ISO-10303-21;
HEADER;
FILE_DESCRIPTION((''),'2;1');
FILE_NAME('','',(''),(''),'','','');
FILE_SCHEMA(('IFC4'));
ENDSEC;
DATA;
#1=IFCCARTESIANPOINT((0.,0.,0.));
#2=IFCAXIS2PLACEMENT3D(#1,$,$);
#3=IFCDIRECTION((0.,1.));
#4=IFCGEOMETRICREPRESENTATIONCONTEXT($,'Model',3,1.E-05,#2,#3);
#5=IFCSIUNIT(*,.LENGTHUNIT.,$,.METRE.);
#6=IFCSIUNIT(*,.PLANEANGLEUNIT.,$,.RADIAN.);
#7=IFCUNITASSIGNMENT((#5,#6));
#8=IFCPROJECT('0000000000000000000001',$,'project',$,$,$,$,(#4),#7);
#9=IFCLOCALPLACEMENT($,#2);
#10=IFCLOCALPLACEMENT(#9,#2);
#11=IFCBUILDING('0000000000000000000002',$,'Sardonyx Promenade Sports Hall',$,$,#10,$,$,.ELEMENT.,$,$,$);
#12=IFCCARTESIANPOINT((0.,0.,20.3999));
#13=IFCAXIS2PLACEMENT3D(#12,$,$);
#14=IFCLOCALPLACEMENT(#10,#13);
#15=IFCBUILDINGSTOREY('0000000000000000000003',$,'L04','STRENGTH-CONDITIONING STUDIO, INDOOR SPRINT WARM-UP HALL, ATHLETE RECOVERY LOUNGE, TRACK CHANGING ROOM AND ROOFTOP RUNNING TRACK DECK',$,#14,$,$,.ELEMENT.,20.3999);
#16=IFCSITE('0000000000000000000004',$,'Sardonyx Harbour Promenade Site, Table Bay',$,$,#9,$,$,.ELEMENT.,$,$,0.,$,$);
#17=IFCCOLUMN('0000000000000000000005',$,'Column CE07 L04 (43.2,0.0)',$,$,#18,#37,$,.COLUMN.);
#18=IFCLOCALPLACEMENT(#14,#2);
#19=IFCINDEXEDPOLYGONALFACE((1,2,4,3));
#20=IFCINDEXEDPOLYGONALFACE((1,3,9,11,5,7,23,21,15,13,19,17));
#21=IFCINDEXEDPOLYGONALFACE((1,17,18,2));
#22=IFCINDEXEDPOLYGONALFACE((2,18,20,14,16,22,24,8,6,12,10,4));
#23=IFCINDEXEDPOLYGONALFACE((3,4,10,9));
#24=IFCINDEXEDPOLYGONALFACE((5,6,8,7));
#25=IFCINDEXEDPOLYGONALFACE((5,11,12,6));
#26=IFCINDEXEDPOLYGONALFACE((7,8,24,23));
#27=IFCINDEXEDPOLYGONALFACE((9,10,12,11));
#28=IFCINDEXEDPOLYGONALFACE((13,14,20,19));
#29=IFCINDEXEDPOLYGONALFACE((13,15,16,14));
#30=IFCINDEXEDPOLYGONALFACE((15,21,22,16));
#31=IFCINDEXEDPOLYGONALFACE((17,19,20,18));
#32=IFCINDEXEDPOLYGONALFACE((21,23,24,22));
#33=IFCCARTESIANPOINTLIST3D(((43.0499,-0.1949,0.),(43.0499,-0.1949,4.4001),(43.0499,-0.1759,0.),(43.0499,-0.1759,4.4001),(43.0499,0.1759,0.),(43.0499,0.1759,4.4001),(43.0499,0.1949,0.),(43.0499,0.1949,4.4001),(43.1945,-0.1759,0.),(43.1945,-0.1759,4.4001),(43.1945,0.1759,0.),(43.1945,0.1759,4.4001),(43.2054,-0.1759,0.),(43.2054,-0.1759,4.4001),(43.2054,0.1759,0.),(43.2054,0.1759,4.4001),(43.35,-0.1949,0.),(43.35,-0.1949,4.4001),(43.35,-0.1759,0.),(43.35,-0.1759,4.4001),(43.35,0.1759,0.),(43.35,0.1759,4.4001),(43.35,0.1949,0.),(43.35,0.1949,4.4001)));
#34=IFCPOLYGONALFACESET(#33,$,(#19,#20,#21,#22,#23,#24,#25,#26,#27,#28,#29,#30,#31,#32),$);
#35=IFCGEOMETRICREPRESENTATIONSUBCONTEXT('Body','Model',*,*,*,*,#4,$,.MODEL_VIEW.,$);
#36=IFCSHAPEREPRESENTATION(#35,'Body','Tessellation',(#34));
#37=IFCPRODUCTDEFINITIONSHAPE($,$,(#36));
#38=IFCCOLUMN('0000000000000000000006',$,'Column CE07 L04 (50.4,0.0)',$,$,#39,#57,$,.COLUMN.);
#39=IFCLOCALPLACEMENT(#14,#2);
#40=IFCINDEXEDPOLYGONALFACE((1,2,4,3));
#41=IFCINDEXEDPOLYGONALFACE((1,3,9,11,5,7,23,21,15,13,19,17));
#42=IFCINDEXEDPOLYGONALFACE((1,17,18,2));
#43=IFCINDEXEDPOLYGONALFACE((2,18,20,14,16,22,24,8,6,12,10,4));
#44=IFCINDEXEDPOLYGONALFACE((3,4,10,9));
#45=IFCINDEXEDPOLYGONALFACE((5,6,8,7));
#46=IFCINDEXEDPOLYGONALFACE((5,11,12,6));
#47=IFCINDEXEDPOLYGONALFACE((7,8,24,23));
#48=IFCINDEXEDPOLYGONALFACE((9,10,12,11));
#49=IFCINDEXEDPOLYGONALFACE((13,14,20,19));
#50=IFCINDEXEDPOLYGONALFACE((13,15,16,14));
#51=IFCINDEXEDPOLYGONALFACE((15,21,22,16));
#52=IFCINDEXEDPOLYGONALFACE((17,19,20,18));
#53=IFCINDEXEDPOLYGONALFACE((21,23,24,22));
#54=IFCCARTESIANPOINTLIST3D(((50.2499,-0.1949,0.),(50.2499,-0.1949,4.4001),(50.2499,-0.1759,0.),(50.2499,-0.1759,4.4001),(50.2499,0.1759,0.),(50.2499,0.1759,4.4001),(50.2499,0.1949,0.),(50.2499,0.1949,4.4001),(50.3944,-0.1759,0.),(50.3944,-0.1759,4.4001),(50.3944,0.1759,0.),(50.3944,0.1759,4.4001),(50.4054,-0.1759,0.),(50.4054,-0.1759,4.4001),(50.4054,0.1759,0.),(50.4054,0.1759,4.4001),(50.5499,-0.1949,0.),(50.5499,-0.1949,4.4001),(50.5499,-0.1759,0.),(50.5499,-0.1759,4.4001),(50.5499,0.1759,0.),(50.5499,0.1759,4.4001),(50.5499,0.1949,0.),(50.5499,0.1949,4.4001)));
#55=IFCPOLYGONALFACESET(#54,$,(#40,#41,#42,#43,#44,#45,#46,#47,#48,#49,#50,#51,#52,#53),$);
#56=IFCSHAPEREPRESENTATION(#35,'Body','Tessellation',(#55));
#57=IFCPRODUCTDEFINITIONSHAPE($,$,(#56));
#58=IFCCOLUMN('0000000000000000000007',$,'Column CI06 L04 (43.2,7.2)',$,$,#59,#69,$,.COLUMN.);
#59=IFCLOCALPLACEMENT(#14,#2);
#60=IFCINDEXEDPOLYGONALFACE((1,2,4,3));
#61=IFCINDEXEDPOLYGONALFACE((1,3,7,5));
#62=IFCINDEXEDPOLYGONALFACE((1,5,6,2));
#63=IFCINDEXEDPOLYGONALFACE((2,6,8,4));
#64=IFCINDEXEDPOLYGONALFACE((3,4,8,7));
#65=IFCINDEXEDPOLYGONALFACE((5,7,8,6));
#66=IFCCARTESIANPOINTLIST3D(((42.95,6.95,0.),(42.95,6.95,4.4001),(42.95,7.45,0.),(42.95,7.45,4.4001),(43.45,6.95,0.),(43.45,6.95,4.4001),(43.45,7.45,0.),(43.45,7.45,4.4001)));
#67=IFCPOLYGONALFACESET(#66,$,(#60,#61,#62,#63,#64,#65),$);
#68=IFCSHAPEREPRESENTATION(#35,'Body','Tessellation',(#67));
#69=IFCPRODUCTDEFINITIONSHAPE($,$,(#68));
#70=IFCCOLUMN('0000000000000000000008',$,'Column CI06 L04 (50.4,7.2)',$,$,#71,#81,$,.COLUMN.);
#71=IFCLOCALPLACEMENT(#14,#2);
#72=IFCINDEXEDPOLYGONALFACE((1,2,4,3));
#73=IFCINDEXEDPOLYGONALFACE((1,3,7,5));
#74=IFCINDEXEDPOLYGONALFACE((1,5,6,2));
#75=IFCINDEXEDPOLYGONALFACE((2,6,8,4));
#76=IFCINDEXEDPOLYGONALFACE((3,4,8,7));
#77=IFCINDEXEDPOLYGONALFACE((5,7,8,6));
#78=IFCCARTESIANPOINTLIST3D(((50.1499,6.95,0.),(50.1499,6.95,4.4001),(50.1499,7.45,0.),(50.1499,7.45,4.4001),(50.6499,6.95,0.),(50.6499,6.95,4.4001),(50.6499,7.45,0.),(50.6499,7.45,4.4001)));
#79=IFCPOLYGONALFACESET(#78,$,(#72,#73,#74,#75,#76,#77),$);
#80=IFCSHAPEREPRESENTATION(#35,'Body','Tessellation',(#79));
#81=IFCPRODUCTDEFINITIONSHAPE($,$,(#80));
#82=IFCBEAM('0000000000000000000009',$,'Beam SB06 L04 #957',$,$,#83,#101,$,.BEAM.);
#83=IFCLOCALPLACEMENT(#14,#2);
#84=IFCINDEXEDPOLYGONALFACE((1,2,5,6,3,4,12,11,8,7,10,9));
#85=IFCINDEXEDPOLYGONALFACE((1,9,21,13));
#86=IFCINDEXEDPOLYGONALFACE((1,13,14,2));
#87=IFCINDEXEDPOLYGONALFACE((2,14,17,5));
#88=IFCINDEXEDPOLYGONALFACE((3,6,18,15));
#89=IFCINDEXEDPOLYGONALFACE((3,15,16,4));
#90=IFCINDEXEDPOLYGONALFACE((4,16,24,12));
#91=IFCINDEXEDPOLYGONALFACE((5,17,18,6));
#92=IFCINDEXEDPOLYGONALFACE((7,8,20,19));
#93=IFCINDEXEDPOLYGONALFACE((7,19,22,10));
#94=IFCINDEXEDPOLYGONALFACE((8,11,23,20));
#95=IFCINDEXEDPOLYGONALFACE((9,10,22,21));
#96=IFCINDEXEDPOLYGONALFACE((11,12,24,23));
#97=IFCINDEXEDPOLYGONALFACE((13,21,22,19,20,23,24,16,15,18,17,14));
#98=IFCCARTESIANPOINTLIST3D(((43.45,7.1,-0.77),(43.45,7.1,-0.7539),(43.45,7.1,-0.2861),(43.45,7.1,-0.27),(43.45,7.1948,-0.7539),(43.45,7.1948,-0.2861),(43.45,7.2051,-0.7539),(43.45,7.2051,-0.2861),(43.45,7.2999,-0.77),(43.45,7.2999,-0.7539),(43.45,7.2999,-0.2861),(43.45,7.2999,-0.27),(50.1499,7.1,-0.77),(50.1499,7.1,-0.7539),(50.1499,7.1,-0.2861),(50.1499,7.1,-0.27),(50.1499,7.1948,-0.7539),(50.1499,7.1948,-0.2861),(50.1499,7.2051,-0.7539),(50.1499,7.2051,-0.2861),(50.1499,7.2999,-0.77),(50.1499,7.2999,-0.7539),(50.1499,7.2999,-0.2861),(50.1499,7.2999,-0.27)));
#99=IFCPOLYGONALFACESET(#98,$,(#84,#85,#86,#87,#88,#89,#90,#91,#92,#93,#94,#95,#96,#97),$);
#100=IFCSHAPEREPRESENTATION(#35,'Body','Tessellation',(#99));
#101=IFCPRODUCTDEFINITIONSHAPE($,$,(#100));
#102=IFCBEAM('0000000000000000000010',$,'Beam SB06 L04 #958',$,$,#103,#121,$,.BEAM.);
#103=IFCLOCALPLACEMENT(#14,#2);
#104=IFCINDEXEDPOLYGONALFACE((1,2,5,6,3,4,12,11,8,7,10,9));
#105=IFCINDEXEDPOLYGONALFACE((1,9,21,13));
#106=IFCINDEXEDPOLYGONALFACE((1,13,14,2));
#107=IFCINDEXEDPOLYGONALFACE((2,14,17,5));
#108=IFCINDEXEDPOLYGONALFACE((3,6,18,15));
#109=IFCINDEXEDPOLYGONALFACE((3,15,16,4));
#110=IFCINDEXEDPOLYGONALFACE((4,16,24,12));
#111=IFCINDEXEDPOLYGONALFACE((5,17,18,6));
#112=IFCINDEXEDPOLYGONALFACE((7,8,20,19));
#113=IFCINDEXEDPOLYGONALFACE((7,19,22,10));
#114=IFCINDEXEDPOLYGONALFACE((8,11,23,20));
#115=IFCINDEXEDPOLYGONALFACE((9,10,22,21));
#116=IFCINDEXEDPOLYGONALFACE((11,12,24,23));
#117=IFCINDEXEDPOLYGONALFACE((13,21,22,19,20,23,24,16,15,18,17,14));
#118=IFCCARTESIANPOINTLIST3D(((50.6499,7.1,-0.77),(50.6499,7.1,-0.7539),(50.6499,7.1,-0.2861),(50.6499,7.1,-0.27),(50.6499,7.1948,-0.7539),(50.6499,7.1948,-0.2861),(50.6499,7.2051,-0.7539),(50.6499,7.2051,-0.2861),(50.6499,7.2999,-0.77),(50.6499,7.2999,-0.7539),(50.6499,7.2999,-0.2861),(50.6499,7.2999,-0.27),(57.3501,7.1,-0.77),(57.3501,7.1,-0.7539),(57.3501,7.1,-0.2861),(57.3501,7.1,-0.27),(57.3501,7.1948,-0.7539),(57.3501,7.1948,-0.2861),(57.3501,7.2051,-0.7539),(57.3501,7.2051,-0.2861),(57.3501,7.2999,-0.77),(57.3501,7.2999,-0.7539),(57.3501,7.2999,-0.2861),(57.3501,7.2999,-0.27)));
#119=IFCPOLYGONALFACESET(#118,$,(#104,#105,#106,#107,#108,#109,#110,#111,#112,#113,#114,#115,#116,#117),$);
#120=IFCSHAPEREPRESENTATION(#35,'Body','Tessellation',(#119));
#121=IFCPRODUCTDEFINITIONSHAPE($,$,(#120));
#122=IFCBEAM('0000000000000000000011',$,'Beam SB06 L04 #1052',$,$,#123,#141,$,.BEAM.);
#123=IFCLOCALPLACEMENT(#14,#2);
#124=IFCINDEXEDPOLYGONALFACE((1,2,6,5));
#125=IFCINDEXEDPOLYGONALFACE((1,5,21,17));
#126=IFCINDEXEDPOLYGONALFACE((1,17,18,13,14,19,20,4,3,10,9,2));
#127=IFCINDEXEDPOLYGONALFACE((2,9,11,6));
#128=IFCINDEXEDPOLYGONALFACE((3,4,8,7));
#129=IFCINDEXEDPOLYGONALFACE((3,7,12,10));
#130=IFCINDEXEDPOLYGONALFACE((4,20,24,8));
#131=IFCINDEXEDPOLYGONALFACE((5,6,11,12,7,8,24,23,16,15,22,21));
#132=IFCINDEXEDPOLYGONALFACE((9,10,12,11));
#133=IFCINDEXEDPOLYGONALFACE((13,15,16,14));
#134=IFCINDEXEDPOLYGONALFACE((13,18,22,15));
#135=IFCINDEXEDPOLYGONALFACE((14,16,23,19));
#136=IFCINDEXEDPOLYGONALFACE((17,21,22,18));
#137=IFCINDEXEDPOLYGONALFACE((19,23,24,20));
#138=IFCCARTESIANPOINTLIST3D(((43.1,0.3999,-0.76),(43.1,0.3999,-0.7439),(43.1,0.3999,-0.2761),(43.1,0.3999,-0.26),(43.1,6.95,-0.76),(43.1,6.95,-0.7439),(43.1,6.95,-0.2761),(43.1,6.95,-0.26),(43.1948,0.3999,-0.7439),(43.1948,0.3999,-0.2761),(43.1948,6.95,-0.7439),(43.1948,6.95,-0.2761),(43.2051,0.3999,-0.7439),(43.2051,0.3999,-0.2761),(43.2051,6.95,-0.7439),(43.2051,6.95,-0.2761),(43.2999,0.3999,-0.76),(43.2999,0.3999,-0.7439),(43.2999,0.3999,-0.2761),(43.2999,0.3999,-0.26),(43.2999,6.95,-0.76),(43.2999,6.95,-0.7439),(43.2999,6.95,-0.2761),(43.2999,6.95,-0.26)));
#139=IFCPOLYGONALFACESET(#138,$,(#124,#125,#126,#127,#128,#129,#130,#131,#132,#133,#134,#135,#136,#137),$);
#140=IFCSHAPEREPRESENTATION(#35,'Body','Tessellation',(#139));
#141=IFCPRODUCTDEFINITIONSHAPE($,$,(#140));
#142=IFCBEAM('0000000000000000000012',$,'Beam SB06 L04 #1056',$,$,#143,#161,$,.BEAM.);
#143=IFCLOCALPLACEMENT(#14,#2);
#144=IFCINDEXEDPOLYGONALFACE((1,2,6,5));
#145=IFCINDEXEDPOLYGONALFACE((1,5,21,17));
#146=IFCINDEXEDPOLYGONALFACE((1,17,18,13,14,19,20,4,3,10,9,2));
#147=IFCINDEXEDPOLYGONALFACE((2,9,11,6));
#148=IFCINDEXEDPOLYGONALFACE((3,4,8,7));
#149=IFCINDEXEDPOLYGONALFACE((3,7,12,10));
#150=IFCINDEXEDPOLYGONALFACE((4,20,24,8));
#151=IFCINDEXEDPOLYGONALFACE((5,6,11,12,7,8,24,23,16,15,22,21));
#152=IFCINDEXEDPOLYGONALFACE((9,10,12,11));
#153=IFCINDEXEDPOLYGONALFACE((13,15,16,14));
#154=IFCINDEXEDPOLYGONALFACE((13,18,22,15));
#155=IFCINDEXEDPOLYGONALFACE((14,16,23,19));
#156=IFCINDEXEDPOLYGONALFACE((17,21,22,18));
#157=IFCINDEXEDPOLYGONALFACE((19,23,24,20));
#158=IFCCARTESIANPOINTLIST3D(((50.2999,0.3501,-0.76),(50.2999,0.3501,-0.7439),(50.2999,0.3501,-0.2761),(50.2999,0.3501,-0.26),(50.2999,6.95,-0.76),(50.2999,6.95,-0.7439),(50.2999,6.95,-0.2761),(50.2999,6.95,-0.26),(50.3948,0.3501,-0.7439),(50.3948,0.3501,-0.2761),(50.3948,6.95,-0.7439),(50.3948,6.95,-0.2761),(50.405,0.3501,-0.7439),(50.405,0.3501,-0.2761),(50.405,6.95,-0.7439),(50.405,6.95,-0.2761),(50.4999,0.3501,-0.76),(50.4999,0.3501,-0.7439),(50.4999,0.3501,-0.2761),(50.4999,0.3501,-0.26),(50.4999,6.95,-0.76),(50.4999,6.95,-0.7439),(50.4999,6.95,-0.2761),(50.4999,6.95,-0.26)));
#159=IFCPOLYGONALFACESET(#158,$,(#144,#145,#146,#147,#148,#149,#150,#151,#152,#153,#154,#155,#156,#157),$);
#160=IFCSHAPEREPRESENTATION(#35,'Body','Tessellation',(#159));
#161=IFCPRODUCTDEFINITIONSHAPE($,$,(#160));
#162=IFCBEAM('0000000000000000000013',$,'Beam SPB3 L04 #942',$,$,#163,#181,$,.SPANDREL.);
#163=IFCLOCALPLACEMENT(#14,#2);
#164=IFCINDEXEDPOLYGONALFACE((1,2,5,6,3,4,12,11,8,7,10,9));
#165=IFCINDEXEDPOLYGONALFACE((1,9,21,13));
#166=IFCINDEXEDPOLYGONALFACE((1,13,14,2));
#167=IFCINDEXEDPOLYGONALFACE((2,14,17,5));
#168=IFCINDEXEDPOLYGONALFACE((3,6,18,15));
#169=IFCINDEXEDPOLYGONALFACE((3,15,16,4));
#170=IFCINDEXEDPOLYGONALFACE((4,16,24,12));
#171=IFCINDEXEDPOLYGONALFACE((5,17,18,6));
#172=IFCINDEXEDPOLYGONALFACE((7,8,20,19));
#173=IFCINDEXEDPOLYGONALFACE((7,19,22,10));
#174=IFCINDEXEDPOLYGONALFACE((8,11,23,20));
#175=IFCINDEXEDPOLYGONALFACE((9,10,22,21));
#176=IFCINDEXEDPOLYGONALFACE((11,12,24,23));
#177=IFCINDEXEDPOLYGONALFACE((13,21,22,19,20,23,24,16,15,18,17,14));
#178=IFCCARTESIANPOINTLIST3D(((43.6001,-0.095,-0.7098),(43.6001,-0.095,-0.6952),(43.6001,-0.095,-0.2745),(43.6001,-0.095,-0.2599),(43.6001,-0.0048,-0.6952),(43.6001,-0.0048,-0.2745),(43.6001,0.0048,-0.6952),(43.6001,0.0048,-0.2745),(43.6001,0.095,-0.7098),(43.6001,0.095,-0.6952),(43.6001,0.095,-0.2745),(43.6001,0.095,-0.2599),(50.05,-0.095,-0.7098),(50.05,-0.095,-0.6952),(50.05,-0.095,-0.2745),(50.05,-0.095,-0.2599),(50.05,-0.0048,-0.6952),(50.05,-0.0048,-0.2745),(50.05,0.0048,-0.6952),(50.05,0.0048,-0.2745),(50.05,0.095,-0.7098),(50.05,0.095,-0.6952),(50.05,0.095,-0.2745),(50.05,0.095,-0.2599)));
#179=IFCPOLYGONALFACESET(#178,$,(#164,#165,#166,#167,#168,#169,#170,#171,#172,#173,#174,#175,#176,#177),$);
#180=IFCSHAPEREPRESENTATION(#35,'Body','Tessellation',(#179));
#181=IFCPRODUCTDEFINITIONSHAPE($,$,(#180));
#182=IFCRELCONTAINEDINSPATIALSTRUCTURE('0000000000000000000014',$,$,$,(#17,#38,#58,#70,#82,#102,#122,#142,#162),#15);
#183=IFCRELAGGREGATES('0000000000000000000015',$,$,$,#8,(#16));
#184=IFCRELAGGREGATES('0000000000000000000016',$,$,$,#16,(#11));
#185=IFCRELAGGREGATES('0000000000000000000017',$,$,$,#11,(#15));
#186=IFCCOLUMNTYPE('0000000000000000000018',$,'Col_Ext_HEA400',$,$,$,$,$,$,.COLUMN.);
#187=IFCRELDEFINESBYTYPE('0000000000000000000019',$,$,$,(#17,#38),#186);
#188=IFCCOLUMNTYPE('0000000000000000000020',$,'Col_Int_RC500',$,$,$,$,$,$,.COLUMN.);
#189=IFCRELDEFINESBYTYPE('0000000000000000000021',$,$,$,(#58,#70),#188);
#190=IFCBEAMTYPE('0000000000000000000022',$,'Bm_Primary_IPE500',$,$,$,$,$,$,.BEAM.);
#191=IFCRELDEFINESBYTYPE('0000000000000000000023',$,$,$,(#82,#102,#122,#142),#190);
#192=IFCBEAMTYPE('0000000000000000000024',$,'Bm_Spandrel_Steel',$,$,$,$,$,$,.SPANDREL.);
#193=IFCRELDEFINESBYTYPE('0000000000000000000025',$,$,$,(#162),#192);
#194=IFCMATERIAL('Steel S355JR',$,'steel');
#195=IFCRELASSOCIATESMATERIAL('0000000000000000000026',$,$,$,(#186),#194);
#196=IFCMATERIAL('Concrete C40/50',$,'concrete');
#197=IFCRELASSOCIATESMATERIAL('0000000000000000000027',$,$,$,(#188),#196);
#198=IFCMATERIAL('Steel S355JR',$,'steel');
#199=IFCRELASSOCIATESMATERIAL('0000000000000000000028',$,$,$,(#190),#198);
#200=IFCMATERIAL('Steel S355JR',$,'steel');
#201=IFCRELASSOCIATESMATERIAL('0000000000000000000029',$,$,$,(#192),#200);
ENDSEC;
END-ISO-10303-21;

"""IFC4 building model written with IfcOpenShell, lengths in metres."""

from ifc_helpers import new_model, si_unit, direction, frame, origin, origin_2d, place, context, subcontext, project, spatial, rectangle, i_section, extrude, material, material_profile, profile_set, type_object, element, save


model = new_model("IFC4")

# Units and contexts
model_context = context("Model", 3, precision=1e-05, world=origin(), true_north=direction((0.0, 1.0)))
body_context = subcontext(model_context, "Body", "Model", "MODEL_VIEW")
ifc_project = project(units=[si_unit("LENGTHUNIT", "METRE"), si_unit("PLANEANGLEUNIT", "RADIAN")], contexts=[model_context])

# Site, building, storey
site_placement = place(None, origin())
site = spatial("IfcSite", under=ifc_project, at=site_placement, Name="Sardonyx Harbour Promenade Site, Table Bay", CompositionType="ELEMENT", RefElevation=0.0)
building_placement = place(site_placement, origin())
building = spatial("IfcBuilding", under=site, at=building_placement, Name="Sardonyx Promenade Sports Hall", CompositionType="ELEMENT")
storey_placement = place(building_placement, frame((0.0, 0.0, 20.3999)))
storey = spatial("IfcBuildingStorey", under=building, at=storey_placement, Name="L04", Description="STRENGTH-CONDITIONING STUDIO, INDOOR SPRINT WARM-UP HALL, ATHLETE RECOVERY LOUNGE, TRACK CHANGING ROOM AND ROOFTOP RUNNING TRACK DECK", CompositionType="ELEMENT", Elevation=20.3999)

# Columns
ifc_material_1 = material(Name="Steel S355JR", Category="steel")
ifc_material_profile_1 = material_profile(ifc_material_1, i_section(OverallWidth=0.3, OverallDepth=0.3899, WebThickness=0.011, FlangeThickness=0.019, at=origin_2d()))
ifc_profile_set_1 = profile_set([ifc_material_profile_1], Name="Steel S355JR")
column_type_1 = type_object("IfcColumnType", Name="Col_Ext_HEA400", PredefinedType="COLUMN", material=ifc_profile_set_1)
for number, where, z_axis, x_axis, name in (
    (1, (43.2, 0.0, 0.0), (0.0, 0.0, 1.0), (1.0, 0.0, 0.0), "Column CE07 L04 (43.2,0.0)"),
    (2, (50.3999, 0.0, 0.0), (0.0, 0.0, 1.0), (1.0, 0.0, 0.0), "Column CE07 L04 (50.4,0.0)"),
):
    element("IfcColumn", number, at=place(storey_placement, frame(where, z_axis=z_axis, x_axis=x_axis)), inside=storey, type_object=column_type_1, Name=name, PredefinedType="COLUMN", context=body_context, shape_type="SweptSolid", body=[
        extrude(i_section(OverallWidth=0.3, OverallDepth=0.3899, WebThickness=0.011, FlangeThickness=0.019, at=origin_2d()), origin(), (0.0, 0.0, 1.0), 4.4001),
    ])
ifc_material_2 = material(Name="Concrete C40/50", Category="concrete")
ifc_material_profile_2 = material_profile(ifc_material_2, rectangle(XDim=0.5, YDim=0.5, at=origin_2d()))
ifc_profile_set_2 = profile_set([ifc_material_profile_2], Name="Concrete C40/50")
column_type_2 = type_object("IfcColumnType", Name="Col_Int_RC500", PredefinedType="COLUMN", material=ifc_profile_set_2)
for number, where, z_axis, x_axis, name in (
    (3, (43.2, 7.2, 0.0), (0.0, 0.0, 1.0), (1.0, 0.0, 0.0), "Column CI06 L04 (43.2,7.2)"),
    (4, (50.3999, 7.2, 0.0), (0.0, 0.0, 1.0), (1.0, 0.0, 0.0), "Column CI06 L04 (50.4,7.2)"),
):
    element("IfcColumn", number, at=place(storey_placement, frame(where, z_axis=z_axis, x_axis=x_axis)), inside=storey, type_object=column_type_2, Name=name, PredefinedType="COLUMN", context=body_context, shape_type="SweptSolid", body=[
        extrude(rectangle(XDim=0.5, YDim=0.5, at=origin_2d()), origin(), (0.0, 0.0, 1.0), 4.4001),
    ])

# Beams
ifc_material_3 = material(Name="Steel S355JR", Category="steel")
ifc_material_profile_3 = material_profile(ifc_material_3, i_section(OverallWidth=0.2, OverallDepth=0.5, WebThickness=0.0103, FlangeThickness=0.0161, at=origin_2d()))
ifc_profile_set_3 = profile_set([ifc_material_profile_3], Name="Steel S355JR")
beam_type_1 = type_object("IfcBeamType", Name="Bm_Primary_IPE500", PredefinedType="BEAM", material=ifc_profile_set_3)
beam_1_placement = place(storey_placement, frame((43.45, 7.2, -0.52), z_axis=(1.0, 0.0, 0.0), x_axis=(0.0, 1.0, 0.0)))
element("IfcBeam", 5, at=beam_1_placement, inside=storey, type_object=beam_type_1, Name="Beam SB06 L04 #957", PredefinedType="BEAM", context=body_context, shape_type="SweptSolid", body=[
    extrude(i_section(OverallWidth=0.2, OverallDepth=0.5, WebThickness=0.0103, FlangeThickness=0.0161, at=origin_2d()), origin(), (0.0, 0.0, 1.0), 6.7),
])
beam_2_placement = place(storey_placement, frame((50.6499, 7.2, -0.52), z_axis=(1.0, 0.0, 0.0), x_axis=(0.0, 1.0, 0.0)))
element("IfcBeam", 6, at=beam_2_placement, inside=storey, type_object=beam_type_1, Name="Beam SB06 L04 #958", PredefinedType="BEAM", context=body_context, shape_type="SweptSolid", body=[
    extrude(i_section(OverallWidth=0.2, OverallDepth=0.5, WebThickness=0.0103, FlangeThickness=0.0161, at=origin_2d()), origin(), (0.0, 0.0, 1.0), 6.7002),
])
beam_3_placement = place(storey_placement, frame((43.2, 0.3999, -0.51), z_axis=(0.0, 1.0, 0.0), x_axis=(-1.0, 0.0, 0.0)))
element("IfcBeam", 7, at=beam_3_placement, inside=storey, type_object=beam_type_1, Name="Beam SB06 L04 #1052", PredefinedType="BEAM", context=body_context, shape_type="SweptSolid", body=[
    extrude(i_section(OverallWidth=0.2, OverallDepth=0.5, WebThickness=0.0103, FlangeThickness=0.0161, at=origin_2d()), origin(), (0.0, 0.0, 1.0), 6.55),
])
beam_4_placement = place(storey_placement, frame((50.3999, 0.3501, -0.51), z_axis=(0.0, 1.0, 0.0), x_axis=(-1.0, 0.0, 0.0)))
element("IfcBeam", 8, at=beam_4_placement, inside=storey, type_object=beam_type_1, Name="Beam SB06 L04 #1056", PredefinedType="BEAM", context=body_context, shape_type="SweptSolid", body=[
    extrude(i_section(OverallWidth=0.2, OverallDepth=0.5, WebThickness=0.0103, FlangeThickness=0.0161, at=origin_2d()), origin(), (0.0, 0.0, 1.0), 6.5999),
])
ifc_material_4 = material(Name="Steel S355JR", Category="steel")
ifc_material_profile_4 = material_profile(ifc_material_4, i_section(OverallWidth=0.1899, OverallDepth=0.45, WebThickness=0.0095, FlangeThickness=0.0146, at=origin_2d()))
ifc_profile_set_4 = profile_set([ifc_material_profile_4], Name="Steel S355JR")
beam_type_2 = type_object("IfcBeamType", Name="Bm_Spandrel_Steel", PredefinedType="SPANDREL", material=ifc_profile_set_4)
beam_5_placement = place(storey_placement, frame((43.6001, 0.0, -0.4849), z_axis=(1.0, 0.0, 0.0), x_axis=(0.0, 1.0, 0.0)))
element("IfcBeam", 9, at=beam_5_placement, inside=storey, type_object=beam_type_2, Name="Beam SPB3 L04 #942", PredefinedType="SPANDREL", context=body_context, shape_type="SweptSolid", body=[
    extrude(i_section(OverallWidth=0.1899, OverallDepth=0.45, WebThickness=0.0095, FlangeThickness=0.0146, at=origin_2d()), origin(), (0.0, 0.0, 1.0), 6.45),
])

save(model, "model.ifc")
